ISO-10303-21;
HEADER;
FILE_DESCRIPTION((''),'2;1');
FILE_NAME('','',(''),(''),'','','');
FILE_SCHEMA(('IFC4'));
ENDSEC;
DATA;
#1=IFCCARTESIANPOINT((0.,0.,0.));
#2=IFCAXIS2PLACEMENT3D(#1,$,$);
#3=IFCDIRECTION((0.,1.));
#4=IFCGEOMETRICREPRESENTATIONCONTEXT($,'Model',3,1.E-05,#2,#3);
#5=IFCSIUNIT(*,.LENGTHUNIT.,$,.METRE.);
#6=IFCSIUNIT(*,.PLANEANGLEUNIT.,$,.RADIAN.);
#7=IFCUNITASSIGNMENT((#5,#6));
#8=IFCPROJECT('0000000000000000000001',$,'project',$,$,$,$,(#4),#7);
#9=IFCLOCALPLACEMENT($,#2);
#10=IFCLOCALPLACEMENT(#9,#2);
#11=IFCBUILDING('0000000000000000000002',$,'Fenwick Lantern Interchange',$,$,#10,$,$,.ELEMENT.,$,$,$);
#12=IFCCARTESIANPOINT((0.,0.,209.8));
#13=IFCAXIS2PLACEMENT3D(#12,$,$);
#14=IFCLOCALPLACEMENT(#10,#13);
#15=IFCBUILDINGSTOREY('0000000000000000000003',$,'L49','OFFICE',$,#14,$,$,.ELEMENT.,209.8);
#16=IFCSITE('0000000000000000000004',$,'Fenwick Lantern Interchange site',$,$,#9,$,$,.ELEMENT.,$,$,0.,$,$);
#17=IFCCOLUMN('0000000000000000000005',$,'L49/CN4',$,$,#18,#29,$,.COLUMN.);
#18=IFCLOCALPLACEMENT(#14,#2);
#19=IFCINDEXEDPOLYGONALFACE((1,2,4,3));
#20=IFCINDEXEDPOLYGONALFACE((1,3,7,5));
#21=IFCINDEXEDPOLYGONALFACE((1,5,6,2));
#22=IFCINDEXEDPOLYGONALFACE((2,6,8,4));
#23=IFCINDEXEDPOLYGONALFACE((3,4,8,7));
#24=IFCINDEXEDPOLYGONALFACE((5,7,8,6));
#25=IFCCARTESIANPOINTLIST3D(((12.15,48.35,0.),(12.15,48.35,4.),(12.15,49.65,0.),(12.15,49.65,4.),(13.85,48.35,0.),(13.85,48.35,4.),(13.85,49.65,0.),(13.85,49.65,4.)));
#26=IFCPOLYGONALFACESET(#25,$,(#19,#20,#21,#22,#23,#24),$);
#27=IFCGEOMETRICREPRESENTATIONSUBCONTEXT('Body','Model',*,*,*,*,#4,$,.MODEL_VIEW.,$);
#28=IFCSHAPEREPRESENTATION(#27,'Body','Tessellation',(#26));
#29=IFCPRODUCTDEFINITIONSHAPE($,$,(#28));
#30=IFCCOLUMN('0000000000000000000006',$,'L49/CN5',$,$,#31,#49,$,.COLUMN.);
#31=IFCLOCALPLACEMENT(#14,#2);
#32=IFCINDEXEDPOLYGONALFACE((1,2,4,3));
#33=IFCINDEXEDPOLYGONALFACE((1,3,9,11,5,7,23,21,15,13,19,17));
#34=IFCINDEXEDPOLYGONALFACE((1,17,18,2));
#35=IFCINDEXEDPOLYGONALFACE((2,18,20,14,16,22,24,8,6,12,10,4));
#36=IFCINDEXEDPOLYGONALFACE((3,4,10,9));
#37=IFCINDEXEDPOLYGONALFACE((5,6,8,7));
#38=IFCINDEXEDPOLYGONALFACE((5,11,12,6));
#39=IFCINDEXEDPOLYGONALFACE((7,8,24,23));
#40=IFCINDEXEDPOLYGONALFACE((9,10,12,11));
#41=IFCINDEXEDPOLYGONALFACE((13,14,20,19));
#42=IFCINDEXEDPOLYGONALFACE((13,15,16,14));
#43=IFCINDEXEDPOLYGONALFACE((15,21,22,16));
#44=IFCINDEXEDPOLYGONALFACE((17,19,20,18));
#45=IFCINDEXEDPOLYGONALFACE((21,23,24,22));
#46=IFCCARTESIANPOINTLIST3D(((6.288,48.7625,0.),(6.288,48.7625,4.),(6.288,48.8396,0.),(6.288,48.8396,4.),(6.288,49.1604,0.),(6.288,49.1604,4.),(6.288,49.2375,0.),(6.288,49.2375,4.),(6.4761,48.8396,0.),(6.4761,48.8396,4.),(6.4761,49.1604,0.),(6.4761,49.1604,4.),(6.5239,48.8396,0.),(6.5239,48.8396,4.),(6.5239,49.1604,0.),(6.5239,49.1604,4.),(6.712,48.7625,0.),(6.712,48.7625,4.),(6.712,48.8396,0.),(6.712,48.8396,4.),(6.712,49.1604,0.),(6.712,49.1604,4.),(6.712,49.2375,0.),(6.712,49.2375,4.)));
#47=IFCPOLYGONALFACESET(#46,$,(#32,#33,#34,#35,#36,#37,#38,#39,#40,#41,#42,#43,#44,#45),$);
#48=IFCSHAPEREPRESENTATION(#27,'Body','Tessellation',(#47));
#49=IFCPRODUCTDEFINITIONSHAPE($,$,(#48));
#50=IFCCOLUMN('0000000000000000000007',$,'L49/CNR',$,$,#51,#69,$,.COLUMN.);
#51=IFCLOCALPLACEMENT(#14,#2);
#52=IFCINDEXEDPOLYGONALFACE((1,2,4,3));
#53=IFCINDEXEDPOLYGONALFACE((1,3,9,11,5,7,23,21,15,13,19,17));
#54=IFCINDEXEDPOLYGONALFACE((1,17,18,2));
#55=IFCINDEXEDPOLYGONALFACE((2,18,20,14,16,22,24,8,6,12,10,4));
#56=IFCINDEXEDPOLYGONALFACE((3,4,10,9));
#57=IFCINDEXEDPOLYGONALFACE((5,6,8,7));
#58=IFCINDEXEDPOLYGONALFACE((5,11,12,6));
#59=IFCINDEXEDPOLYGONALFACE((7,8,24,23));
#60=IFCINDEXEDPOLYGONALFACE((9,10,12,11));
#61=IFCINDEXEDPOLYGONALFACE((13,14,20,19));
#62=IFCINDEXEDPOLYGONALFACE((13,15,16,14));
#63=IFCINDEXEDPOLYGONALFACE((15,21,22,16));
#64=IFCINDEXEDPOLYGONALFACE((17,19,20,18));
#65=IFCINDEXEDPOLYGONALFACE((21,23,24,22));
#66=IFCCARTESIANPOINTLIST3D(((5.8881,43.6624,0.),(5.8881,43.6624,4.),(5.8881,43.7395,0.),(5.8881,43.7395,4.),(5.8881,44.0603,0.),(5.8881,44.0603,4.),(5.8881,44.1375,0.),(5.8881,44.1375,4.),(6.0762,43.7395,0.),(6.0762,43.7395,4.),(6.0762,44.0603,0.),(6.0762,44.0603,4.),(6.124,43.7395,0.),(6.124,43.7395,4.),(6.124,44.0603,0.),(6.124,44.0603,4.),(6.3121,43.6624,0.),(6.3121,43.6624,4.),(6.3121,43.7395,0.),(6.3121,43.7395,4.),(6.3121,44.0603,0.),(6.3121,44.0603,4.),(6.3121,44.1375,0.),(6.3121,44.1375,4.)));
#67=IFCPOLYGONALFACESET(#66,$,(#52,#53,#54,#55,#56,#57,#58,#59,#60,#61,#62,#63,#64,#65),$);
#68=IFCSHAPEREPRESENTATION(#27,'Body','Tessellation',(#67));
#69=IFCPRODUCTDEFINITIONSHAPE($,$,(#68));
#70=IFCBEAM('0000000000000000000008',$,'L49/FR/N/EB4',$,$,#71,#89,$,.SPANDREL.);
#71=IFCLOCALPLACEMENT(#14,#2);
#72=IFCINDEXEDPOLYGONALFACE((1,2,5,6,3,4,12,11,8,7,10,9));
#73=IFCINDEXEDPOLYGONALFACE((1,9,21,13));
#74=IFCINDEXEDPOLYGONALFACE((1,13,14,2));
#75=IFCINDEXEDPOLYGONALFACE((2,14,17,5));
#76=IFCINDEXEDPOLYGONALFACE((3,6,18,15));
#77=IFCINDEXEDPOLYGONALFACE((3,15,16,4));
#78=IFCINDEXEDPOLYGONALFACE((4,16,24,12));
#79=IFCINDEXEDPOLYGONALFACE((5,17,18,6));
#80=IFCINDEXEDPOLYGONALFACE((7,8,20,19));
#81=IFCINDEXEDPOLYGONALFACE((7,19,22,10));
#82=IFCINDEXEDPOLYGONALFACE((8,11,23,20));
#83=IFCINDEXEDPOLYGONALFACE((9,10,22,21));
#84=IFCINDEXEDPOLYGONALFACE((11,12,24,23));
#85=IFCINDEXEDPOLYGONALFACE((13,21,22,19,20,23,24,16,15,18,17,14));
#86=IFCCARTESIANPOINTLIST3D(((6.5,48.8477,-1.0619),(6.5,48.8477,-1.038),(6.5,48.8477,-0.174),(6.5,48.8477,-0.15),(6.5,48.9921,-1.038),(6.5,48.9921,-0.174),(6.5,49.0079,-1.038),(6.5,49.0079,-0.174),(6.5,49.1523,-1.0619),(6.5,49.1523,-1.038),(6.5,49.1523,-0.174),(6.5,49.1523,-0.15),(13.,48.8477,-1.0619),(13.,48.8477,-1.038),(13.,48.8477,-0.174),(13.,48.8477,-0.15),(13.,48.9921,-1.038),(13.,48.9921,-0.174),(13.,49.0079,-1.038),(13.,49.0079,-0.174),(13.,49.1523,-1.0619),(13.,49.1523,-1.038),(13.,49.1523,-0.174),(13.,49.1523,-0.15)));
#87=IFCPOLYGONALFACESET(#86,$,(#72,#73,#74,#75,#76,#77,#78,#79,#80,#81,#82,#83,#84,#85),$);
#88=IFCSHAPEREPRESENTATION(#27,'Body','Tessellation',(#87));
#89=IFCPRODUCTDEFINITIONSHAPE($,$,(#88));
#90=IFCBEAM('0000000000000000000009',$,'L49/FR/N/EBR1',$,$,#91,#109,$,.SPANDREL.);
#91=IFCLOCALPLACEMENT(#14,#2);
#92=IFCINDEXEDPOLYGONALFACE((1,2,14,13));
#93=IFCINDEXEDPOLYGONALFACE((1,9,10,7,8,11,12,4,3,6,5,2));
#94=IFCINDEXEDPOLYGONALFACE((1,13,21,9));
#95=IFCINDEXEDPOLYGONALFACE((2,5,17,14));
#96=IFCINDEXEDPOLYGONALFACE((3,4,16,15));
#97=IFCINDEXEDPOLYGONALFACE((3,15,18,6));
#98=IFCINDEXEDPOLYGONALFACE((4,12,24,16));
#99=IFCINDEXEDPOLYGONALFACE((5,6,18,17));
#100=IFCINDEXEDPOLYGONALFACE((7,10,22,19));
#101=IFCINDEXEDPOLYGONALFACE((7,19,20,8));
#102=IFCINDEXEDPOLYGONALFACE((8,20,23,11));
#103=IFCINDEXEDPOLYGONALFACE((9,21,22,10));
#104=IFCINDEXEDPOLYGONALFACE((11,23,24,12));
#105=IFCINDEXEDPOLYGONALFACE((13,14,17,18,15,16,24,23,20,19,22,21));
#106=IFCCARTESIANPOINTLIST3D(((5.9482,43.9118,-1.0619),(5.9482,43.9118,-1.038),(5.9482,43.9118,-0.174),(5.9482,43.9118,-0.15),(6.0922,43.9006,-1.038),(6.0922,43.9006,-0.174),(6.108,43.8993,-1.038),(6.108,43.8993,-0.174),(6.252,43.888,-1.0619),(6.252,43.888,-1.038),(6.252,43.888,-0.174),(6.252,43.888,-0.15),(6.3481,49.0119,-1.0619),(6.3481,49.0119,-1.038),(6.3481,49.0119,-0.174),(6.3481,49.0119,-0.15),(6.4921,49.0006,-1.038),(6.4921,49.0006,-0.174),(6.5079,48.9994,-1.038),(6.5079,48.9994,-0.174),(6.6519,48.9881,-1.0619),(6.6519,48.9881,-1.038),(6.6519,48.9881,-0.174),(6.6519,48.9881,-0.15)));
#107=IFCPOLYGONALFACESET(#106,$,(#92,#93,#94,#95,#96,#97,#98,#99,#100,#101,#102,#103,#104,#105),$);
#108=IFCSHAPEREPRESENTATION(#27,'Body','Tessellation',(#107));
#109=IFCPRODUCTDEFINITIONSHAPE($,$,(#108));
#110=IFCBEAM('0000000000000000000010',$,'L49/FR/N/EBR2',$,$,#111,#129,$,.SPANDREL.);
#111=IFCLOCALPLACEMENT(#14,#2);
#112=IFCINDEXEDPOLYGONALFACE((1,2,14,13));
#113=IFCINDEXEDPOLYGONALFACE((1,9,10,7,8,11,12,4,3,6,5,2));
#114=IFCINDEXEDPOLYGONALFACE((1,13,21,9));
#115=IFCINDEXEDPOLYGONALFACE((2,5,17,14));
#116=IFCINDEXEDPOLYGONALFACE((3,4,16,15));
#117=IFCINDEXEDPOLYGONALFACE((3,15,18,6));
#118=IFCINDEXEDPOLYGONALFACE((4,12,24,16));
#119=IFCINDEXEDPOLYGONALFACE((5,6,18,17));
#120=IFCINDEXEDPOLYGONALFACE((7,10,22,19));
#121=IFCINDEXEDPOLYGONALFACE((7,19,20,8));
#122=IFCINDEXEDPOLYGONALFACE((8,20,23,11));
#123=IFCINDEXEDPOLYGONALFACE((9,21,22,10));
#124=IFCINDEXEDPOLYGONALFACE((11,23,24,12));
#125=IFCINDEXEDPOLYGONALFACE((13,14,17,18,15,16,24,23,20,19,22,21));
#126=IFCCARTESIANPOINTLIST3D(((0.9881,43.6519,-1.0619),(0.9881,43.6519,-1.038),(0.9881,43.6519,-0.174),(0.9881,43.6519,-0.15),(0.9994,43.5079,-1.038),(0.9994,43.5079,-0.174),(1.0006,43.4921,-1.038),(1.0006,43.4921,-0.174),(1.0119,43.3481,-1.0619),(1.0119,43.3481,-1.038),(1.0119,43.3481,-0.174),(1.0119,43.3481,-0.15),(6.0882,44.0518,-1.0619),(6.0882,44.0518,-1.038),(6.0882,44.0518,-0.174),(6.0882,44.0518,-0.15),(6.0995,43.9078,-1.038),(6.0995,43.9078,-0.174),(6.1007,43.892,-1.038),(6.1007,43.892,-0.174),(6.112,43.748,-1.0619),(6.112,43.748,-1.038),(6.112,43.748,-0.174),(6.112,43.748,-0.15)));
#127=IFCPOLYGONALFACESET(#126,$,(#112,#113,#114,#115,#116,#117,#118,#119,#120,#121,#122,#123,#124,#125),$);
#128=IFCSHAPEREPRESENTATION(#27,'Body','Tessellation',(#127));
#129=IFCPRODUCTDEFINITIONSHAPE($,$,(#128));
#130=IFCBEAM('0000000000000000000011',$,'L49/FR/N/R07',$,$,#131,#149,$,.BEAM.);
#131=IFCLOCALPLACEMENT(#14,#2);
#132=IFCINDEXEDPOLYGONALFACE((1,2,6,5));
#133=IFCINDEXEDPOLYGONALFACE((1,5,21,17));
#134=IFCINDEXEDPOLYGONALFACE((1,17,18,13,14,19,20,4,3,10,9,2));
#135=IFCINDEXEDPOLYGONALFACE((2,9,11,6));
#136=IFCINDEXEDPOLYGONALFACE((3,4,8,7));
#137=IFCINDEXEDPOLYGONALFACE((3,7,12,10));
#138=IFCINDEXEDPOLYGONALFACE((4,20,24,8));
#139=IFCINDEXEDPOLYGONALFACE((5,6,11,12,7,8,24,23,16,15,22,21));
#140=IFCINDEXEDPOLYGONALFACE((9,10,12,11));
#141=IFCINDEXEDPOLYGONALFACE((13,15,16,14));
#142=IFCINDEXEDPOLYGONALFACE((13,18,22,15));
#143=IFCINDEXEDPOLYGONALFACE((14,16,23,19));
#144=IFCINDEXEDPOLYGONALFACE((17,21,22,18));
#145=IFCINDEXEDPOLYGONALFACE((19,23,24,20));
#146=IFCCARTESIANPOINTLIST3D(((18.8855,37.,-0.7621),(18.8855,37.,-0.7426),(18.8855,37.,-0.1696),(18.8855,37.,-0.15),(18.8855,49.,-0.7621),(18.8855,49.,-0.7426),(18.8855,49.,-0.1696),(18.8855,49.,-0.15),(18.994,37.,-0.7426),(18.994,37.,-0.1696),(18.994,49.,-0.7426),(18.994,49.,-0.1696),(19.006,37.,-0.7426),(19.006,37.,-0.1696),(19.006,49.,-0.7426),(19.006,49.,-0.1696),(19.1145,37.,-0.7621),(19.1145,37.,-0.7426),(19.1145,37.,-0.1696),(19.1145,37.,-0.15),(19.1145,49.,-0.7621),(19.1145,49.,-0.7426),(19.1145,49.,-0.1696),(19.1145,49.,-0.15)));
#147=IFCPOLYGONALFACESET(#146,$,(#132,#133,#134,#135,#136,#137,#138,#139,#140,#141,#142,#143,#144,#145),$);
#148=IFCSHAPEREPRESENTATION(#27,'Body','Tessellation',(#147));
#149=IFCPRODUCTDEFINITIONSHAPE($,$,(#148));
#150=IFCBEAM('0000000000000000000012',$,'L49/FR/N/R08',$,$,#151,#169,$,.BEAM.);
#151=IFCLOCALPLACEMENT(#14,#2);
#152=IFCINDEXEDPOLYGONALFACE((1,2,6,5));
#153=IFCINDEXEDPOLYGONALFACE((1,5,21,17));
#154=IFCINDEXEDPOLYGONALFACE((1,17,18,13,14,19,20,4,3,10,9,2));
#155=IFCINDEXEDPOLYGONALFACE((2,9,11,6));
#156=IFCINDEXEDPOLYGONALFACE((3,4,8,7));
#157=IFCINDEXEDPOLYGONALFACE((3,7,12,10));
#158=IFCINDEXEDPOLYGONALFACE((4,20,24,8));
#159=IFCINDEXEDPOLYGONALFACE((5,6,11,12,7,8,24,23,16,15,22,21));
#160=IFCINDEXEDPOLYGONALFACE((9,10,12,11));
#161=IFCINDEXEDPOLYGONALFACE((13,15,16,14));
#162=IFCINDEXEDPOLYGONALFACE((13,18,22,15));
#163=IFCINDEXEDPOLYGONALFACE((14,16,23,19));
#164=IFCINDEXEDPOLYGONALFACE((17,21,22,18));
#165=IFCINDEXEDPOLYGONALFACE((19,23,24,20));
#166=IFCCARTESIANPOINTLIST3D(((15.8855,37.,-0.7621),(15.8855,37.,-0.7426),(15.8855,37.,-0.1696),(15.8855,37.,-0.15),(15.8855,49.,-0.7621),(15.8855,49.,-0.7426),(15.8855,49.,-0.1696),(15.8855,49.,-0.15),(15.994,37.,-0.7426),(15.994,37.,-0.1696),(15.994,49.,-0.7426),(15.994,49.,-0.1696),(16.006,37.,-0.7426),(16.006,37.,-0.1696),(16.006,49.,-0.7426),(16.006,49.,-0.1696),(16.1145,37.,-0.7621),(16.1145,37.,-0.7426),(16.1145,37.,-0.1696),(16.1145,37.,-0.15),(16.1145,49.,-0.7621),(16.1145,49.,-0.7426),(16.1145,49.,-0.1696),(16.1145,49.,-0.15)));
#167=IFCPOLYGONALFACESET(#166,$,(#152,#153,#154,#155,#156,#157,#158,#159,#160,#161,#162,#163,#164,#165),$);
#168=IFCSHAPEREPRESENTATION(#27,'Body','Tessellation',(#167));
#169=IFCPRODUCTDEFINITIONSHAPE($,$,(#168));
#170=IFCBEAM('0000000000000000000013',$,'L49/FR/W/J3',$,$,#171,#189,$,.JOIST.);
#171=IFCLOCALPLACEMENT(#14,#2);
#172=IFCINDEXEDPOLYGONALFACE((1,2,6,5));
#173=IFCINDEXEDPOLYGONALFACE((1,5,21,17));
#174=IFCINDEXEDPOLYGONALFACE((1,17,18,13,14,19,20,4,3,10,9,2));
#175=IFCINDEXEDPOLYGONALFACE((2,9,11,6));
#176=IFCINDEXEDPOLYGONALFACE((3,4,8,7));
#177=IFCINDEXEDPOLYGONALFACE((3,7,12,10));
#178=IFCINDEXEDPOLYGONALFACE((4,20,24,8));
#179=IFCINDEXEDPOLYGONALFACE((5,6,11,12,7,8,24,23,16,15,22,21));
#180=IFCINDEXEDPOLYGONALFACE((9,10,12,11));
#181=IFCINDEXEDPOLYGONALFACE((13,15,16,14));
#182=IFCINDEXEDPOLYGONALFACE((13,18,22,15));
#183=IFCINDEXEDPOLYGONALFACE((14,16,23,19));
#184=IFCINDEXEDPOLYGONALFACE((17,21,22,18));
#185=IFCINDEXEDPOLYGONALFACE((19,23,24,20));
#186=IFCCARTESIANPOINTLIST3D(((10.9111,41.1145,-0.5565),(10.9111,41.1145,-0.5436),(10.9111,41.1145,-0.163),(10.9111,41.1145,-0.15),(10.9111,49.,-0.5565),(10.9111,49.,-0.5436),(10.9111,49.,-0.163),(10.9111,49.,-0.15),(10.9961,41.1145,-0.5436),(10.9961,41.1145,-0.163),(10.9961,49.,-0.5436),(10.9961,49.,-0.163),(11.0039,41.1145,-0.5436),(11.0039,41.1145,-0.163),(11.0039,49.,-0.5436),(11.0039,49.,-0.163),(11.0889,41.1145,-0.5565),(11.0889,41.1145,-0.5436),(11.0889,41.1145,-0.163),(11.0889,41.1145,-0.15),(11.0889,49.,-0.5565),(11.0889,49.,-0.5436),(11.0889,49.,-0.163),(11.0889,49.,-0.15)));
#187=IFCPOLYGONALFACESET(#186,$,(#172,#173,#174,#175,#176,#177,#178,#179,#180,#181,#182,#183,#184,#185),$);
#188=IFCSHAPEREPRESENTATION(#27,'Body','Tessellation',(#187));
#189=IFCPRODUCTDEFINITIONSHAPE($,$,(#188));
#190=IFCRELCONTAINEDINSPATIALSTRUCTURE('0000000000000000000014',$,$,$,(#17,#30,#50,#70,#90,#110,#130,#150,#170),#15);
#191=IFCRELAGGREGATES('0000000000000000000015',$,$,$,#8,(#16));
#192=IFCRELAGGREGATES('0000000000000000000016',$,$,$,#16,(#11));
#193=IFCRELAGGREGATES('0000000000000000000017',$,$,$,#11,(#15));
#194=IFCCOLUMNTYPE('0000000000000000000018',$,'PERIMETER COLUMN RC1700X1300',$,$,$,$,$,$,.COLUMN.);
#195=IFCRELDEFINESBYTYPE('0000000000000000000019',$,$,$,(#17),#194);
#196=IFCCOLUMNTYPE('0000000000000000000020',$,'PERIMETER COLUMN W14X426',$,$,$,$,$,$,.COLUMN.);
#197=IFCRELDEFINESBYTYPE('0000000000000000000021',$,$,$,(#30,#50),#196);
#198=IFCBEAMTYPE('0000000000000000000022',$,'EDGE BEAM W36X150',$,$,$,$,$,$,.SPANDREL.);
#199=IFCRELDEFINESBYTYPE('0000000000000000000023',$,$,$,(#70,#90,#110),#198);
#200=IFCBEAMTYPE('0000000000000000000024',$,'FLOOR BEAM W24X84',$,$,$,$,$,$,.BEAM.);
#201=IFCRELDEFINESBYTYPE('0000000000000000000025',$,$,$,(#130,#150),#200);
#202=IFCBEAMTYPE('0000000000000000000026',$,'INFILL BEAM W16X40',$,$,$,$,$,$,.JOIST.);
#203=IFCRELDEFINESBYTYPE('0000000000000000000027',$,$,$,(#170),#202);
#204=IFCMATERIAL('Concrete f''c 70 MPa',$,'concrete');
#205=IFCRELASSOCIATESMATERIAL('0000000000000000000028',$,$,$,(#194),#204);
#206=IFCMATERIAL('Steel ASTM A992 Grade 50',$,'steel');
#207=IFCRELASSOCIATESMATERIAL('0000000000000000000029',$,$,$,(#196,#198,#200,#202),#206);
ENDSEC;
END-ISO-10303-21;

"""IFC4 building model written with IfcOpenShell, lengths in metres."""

from ifc_helpers import new_model, si_unit, direction, frame, origin, origin_2d, place, context, subcontext, project, spatial, rectangle, i_section, extrude, material, material_profile, profile_set, type_object, element, save


model = new_model("IFC4")

# Units and contexts
model_context = context("Model", 3, precision=1e-05, world=origin(), true_north=direction((0.0, 1.0)))
body_context = subcontext(model_context, "Body", "Model", "MODEL_VIEW")
ifc_project = project(units=[si_unit("LENGTHUNIT", "METRE"), si_unit("PLANEANGLEUNIT", "RADIAN")], contexts=[model_context])

# Site, building, storey
site_placement = place(None, origin())
site = spatial("IfcSite", under=ifc_project, at=site_placement, Name="Fenwick Lantern Interchange site", CompositionType="ELEMENT", RefElevation=0.0)
building_placement = place(site_placement, origin())
building = spatial("IfcBuilding", under=site, at=building_placement, Name="Fenwick Lantern Interchange", CompositionType="ELEMENT")
storey_placement = place(building_placement, frame((0.0, 0.0, 209.8)))
storey = spatial("IfcBuildingStorey", under=building, at=storey_placement, Name="L49", Description="OFFICE", CompositionType="ELEMENT", Elevation=209.8)

# Columns
ifc_material_1 = material(Name="Concrete f'c 70 MPa", Category="concrete")
ifc_material_profile_1 = material_profile(ifc_material_1, rectangle(XDim=1.7, YDim=1.3, at=origin_2d()), Name="RC1700X1300")
ifc_profile_set_1 = profile_set([ifc_material_profile_1], Name="Concrete f'c 70 MPa")
column_type_1 = type_object("IfcColumnType", Name="PERIMETER COLUMN RC1700X1300", PredefinedType="COLUMN", material=ifc_profile_set_1)
column_placement = place(storey_placement, frame((13.0, 49.0, 0.0), z_axis=(0.0, 0.0, 1.0), x_axis=(1.0, 0.0, 0.0)))
element("IfcColumn", 1, at=column_placement, inside=storey, type_object=column_type_1, Name="L49/CN4", PredefinedType="COLUMN", context=body_context, shape_type="SweptSolid", body=[
    extrude(rectangle(XDim=1.7, YDim=1.3, at=origin_2d()), origin(), (0.0, 0.0, 1.0), 4.0),
])
ifc_material_2 = material(Name="Steel ASTM A992 Grade 50", Category="steel")
ifc_material_profile_2 = material_profile(ifc_material_2, i_section(OverallWidth=0.4241, OverallDepth=0.4751, WebThickness=0.0479, FlangeThickness=0.0771, at=origin_2d()), Name="W14X426")
ifc_profile_set_2 = profile_set([ifc_material_profile_2], Name="Steel ASTM A992 Grade 50")
column_type_2 = type_object("IfcColumnType", Name="PERIMETER COLUMN W14X426", PredefinedType="COLUMN", material=ifc_profile_set_2)
for number, where, z_axis, x_axis, name in (
    (2, (6.5, 49.0, 0.0), (0.0, 0.0, 1.0), (1.0, 0.0, 0.0), "L49/CN5"),
    (3, (6.1001, 43.8999, 0.0), (0.0, 0.0, 1.0), (1.0, 0.0, 0.0), "L49/CNR"),
):
    element("IfcColumn", number, at=place(storey_placement, frame(where, z_axis=z_axis, x_axis=x_axis)), inside=storey, type_object=column_type_2, Name=name, PredefinedType="COLUMN", context=body_context, shape_type="SweptSolid", body=[
        extrude(i_section(OverallWidth=0.4241, OverallDepth=0.4751, WebThickness=0.0479, FlangeThickness=0.0771, at=origin_2d()), origin(), (0.0, 0.0, 1.0), 4.0),
    ])

# Beams
ifc_material_profile_3 = material_profile(ifc_material_2, i_section(OverallWidth=0.3047, OverallDepth=0.9119, WebThickness=0.0159, FlangeThickness=0.0239, at=origin_2d()), Name="W36X150")
ifc_profile_set_3 = profile_set([ifc_material_profile_3], Name="Steel ASTM A992 Grade 50")
beam_type_1 = type_object("IfcBeamType", Name="EDGE BEAM W36X150", PredefinedType="SPANDREL", material=ifc_profile_set_3)
beam_1_placement = place(storey_placement, frame((13.0, 49.0, -0.606), z_axis=(-1.0, 0.0, 0.0), x_axis=(0.0, -1.0, 0.0)))
element("IfcBeam", 4, at=beam_1_placement, inside=storey, type_object=beam_type_1, Name="L49/FR/N/EB4", PredefinedType="SPANDREL", context=body_context, shape_type="SweptSolid", body=[
    extrude(i_section(OverallWidth=0.3047, OverallDepth=0.9119, WebThickness=0.0159, FlangeThickness=0.0239, at=origin_2d()), origin(), (0.0, 0.0, 1.0), 6.5),
])
for number, where, z_axis, x_axis, name in (
    (5, (6.5, 49.0, -0.606), (-0.078171, -0.99694, 0.0), (0.99694, -0.078171, 0.0), "L49/FR/N/EBR1"),
    (6, (6.1001, 43.8999, -0.606), (-0.99694, -0.078171, 0.0), (0.078171, -0.99694, 0.0), "L49/FR/N/EBR2"),
):
    element("IfcBeam", number, at=place(storey_placement, frame(where, z_axis=z_axis, x_axis=x_axis)), inside=storey, type_object=beam_type_1, Name=name, PredefinedType="SPANDREL", context=body_context, shape_type="SweptSolid", body=[
        extrude(i_section(OverallWidth=0.3047, OverallDepth=0.9119, WebThickness=0.0159, FlangeThickness=0.0239, at=origin_2d()), origin(), (0.0, 0.0, 1.0), 5.1157),
    ])
ifc_material_profile_4 = material_profile(ifc_material_2, i_section(OverallWidth=0.229, OverallDepth=0.6121, WebThickness=0.012, FlangeThickness=0.0195, at=origin_2d()), Name="W24X84")
ifc_profile_set_4 = profile_set([ifc_material_profile_4], Name="Steel ASTM A992 Grade 50")
beam_type_2 = type_object("IfcBeamType", Name="FLOOR BEAM W24X84", PredefinedType="BEAM", material=ifc_profile_set_4)
for number, where, z_axis, x_axis, name in (
    (7, (19.0, 49.0, -0.4561), (0.0, -1.0, 0.0), (1.0, 0.0, 0.0), "L49/FR/N/R07"),
    (8, (16.0, 49.0, -0.4561), (0.0, -1.0, 0.0), (1.0, 0.0, 0.0), "L49/FR/N/R08"),
):
    element("IfcBeam", number, at=place(storey_placement, frame(where, z_axis=z_axis, x_axis=x_axis)), inside=storey, type_object=beam_type_2, Name=name, PredefinedType="BEAM", context=body_context, shape_type="SweptSolid", body=[
        extrude(i_section(OverallWidth=0.229, OverallDepth=0.6121, WebThickness=0.012, FlangeThickness=0.0195, at=origin_2d()), origin(), (0.0, 0.0, 1.0), 12.0),
    ])
ifc_material_profile_5 = material_profile(ifc_material_2, i_section(OverallWidth=0.1777, OverallDepth=0.4065, WebThickness=0.0078, FlangeThickness=0.0129, at=origin_2d()), Name="W16X40")
ifc_profile_set_5 = profile_set([ifc_material_profile_5], Name="Steel ASTM A992 Grade 50")
beam_type_3 = type_object("IfcBeamType", Name="INFILL BEAM W16X40", PredefinedType="JOIST", material=ifc_profile_set_5)
beam_2_placement = place(storey_placement, frame((11.0, 49.0, -0.3533), z_axis=(0.0, -1.0, 0.0), x_axis=(1.0, 0.0, 0.0)))
element("IfcBeam", 9, at=beam_2_placement, inside=storey, type_object=beam_type_3, Name="L49/FR/W/J3", PredefinedType="JOIST", context=body_context, shape_type="SweptSolid", body=[
    extrude(i_section(OverallWidth=0.1777, OverallDepth=0.4065, WebThickness=0.0078, FlangeThickness=0.0129, at=origin_2d()), origin(), (0.0, 0.0, 1.0), 7.8855),
])

save(model, "model.ifc")
